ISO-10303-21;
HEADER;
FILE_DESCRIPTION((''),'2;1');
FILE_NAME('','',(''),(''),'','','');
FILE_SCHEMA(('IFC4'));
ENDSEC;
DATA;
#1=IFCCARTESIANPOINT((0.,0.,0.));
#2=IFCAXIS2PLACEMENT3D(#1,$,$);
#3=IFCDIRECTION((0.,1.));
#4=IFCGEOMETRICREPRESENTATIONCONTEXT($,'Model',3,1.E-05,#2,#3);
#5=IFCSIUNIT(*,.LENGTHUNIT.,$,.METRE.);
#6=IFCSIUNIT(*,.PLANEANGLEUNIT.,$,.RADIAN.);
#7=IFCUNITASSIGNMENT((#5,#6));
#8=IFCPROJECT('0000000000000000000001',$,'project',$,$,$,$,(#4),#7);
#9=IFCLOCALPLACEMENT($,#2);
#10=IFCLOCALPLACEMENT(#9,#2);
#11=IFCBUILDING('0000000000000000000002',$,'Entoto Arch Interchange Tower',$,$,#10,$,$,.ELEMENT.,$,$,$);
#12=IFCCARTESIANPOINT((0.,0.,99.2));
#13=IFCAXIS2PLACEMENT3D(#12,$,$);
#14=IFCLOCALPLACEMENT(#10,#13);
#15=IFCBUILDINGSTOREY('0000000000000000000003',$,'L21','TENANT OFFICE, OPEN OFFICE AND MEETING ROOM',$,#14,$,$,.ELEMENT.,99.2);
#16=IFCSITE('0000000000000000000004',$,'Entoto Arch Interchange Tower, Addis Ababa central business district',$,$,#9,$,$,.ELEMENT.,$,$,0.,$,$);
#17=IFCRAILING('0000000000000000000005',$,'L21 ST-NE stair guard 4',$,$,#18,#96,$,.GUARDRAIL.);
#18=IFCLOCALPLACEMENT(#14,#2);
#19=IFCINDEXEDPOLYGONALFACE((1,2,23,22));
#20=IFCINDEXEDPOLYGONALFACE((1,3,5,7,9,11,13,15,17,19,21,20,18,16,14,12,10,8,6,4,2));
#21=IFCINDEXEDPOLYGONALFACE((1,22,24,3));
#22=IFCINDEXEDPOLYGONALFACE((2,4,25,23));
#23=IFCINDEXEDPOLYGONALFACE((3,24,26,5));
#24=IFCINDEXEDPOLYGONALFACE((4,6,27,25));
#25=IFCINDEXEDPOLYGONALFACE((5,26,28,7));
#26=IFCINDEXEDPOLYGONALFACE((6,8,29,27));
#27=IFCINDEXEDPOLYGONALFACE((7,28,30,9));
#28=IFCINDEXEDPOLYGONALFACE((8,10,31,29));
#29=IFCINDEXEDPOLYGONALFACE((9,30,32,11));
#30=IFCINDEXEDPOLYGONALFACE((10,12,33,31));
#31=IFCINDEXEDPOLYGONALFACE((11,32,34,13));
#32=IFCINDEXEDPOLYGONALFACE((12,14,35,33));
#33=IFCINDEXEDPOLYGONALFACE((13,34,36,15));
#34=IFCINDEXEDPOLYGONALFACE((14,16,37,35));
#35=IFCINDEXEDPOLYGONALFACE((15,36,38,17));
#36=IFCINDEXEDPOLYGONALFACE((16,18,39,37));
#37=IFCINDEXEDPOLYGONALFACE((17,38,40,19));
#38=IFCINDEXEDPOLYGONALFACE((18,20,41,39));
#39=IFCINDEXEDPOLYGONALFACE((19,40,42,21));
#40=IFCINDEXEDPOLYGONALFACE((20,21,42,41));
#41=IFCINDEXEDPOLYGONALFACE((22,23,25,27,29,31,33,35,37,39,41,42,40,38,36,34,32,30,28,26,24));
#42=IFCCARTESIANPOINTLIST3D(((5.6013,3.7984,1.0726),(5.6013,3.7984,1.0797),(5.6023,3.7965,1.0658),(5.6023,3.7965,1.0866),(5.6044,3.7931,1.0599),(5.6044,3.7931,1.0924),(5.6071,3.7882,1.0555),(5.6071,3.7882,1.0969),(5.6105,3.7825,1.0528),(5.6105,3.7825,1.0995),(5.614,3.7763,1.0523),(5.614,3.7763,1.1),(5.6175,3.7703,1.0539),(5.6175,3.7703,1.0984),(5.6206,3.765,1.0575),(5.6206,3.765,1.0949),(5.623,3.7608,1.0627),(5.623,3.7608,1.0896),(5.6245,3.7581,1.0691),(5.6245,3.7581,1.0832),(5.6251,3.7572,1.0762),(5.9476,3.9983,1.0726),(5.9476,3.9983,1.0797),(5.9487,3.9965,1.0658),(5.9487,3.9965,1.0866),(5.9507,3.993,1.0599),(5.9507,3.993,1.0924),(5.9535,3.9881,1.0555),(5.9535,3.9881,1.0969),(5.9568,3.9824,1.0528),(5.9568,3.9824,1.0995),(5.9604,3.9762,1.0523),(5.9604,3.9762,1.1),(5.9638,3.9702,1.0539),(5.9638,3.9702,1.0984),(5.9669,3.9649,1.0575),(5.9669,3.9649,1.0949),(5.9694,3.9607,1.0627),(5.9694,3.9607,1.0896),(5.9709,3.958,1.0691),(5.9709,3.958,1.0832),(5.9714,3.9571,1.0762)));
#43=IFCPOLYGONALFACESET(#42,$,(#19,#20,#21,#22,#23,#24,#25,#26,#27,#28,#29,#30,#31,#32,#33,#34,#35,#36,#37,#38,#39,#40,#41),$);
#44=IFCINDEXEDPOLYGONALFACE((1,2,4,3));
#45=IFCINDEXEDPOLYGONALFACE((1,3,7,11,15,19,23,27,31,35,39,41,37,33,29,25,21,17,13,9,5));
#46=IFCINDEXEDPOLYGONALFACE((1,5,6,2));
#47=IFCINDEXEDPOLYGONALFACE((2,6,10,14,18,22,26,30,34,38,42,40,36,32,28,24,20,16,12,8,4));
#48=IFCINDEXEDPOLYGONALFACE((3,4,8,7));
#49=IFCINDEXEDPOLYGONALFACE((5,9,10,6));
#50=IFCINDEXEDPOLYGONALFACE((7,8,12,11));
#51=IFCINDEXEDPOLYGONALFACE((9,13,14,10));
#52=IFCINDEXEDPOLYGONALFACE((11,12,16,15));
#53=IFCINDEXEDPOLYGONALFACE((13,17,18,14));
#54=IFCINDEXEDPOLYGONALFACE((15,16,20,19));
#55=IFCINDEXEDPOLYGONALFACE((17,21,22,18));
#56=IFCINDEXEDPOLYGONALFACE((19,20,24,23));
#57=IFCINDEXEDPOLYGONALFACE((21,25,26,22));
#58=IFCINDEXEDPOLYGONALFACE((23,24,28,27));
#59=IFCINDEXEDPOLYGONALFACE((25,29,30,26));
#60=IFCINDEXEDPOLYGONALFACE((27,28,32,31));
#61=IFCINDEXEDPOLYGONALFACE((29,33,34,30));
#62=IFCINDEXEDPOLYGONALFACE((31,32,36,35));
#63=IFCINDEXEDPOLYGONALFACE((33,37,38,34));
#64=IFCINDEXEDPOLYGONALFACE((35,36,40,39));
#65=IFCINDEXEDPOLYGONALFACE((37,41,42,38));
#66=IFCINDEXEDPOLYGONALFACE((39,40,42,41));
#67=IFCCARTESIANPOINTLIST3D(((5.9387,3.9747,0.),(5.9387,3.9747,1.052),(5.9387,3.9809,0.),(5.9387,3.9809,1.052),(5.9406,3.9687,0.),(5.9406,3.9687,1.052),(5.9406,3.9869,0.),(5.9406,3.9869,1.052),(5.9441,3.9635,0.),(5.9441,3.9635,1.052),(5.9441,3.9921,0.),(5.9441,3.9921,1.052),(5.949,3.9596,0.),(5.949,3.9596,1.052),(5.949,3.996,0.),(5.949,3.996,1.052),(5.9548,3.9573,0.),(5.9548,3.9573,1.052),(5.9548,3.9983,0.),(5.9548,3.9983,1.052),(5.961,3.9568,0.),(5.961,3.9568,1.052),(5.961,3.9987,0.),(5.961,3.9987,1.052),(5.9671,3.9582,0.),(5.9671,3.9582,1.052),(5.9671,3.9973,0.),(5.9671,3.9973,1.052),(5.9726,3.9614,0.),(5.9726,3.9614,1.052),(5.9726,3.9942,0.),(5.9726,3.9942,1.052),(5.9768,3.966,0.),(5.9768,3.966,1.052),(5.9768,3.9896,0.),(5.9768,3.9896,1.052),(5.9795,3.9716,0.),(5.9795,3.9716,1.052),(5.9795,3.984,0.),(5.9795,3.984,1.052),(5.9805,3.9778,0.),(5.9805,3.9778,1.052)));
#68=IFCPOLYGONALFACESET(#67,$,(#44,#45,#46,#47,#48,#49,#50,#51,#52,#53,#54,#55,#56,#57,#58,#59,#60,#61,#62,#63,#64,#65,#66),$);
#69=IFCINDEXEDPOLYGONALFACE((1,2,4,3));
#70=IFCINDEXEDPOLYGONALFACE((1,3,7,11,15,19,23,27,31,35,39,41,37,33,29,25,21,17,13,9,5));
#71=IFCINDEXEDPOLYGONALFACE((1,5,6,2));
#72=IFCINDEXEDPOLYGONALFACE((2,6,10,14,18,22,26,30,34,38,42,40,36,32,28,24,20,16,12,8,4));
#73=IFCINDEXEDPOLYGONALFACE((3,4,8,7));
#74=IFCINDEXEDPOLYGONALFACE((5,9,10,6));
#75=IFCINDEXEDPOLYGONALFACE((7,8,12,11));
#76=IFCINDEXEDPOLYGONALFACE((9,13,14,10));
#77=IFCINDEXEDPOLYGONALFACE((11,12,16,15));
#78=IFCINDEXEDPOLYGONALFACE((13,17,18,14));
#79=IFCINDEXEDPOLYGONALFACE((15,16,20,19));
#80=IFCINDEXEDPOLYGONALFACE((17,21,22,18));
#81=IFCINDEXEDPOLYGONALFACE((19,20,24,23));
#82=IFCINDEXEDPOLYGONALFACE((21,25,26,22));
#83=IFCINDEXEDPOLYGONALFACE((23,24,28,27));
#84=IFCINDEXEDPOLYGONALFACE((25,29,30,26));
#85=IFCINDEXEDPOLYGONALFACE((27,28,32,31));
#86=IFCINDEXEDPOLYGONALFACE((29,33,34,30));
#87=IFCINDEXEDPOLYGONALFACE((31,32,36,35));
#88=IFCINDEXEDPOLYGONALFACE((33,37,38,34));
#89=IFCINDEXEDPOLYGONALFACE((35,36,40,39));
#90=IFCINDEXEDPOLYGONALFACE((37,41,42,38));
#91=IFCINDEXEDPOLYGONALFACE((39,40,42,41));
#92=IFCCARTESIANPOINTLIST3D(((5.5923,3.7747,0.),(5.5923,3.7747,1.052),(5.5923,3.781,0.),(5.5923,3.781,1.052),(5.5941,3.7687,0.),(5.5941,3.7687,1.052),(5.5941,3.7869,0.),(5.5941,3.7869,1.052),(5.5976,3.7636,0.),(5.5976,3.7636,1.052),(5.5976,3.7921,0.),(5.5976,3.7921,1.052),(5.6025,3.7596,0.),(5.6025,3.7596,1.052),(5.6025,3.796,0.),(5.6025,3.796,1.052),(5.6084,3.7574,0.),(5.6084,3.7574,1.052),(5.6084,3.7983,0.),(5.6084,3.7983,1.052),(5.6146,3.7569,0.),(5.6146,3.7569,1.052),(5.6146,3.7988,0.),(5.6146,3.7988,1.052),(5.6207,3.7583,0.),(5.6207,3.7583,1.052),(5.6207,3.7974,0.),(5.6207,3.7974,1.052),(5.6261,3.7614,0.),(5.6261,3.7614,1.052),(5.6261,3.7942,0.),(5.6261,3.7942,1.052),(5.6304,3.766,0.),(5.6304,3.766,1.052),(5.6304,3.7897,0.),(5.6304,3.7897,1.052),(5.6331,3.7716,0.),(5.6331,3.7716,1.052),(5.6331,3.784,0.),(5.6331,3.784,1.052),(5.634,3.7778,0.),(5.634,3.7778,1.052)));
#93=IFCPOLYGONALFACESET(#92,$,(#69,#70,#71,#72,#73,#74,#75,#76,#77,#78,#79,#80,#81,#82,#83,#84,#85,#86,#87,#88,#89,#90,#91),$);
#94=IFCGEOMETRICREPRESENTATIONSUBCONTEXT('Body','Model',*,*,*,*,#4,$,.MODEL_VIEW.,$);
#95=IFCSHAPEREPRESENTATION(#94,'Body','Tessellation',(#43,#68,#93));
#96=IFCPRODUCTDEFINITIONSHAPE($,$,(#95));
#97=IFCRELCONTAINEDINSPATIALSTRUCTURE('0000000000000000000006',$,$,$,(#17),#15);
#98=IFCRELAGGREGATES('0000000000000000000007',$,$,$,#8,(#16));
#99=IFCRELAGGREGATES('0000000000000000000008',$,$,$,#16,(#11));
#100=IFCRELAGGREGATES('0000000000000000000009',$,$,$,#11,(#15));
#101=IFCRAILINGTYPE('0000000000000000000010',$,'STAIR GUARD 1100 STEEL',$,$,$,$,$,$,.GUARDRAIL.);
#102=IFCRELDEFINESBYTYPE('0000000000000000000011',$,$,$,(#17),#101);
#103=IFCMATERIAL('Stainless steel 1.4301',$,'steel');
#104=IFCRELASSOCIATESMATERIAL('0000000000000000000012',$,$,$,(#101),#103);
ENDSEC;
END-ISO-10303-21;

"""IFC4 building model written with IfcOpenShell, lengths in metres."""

from ifc_helpers import new_model, si_unit, direction, frame, origin, origin_2d, place, context, subcontext, project, spatial, circle, extrude, material, type_object, element, save


model = new_model("IFC4")

# Units and contexts
model_context = context("Model", 3, precision=1e-05, world=origin(), true_north=direction((0.0, 1.0)))
body_context = subcontext(model_context, "Body", "Model", "MODEL_VIEW")
ifc_project = project(units=[si_unit("LENGTHUNIT", "METRE"), si_unit("PLANEANGLEUNIT", "RADIAN")], contexts=[model_context])

# Site, building, storey
site_placement = place(None, origin())
site = spatial("IfcSite", under=ifc_project, at=site_placement, Name="Entoto Arch Interchange Tower, Addis Ababa central business district", CompositionType="ELEMENT", RefElevation=0.0)
building_placement = place(site_placement, origin())
building = spatial("IfcBuilding", under=site, at=building_placement, Name="Entoto Arch Interchange Tower", CompositionType="ELEMENT")
storey_placement = place(building_placement, frame((0.0, 0.0, 99.2)))
storey = spatial("IfcBuildingStorey", under=building, at=storey_placement, Name="L21", Description="TENANT OFFICE, OPEN OFFICE AND MEETING ROOM", CompositionType="ELEMENT", Elevation=99.2)

# Railing
ifc_material_1 = material(Name="Stainless steel 1.4301", Category="steel")
railing_type = type_object("IfcRailingType", Name="STAIR GUARD 1100 STEEL", PredefinedType="GUARDRAIL", material=ifc_material_1)
railing_1_placement = place(storey_placement, frame((5.9595, 3.9778, 0.0)))
element("IfcRailing", 1, at=railing_1_placement, inside=storey, type_object=railing_type, Name="L21 ST-NE stair guard 4", PredefinedType="GUARDRAIL", context=body_context, shape_type="SweptSolid", body=[
    extrude(circle(Radius=0.0239, at=origin_2d()), frame((0.0, 0.0, 1.0762), z_axis=(-0.866094, -0.499881, 0.0), x_axis=(0.499881, -0.866094, 0.0)), (0.0, 0.0, 1.0), 0.3999),
    extrude(circle(Radius=0.021, at=origin_2d()), origin(), (0.0, 0.0, 1.0), 1.052),
    extrude(circle(Radius=0.021, at=origin_2d()), frame((-0.3464, -0.2, 0.0)), (0.0, 0.0, 1.0), 1.052),
])

save(model, "model.ifc")
